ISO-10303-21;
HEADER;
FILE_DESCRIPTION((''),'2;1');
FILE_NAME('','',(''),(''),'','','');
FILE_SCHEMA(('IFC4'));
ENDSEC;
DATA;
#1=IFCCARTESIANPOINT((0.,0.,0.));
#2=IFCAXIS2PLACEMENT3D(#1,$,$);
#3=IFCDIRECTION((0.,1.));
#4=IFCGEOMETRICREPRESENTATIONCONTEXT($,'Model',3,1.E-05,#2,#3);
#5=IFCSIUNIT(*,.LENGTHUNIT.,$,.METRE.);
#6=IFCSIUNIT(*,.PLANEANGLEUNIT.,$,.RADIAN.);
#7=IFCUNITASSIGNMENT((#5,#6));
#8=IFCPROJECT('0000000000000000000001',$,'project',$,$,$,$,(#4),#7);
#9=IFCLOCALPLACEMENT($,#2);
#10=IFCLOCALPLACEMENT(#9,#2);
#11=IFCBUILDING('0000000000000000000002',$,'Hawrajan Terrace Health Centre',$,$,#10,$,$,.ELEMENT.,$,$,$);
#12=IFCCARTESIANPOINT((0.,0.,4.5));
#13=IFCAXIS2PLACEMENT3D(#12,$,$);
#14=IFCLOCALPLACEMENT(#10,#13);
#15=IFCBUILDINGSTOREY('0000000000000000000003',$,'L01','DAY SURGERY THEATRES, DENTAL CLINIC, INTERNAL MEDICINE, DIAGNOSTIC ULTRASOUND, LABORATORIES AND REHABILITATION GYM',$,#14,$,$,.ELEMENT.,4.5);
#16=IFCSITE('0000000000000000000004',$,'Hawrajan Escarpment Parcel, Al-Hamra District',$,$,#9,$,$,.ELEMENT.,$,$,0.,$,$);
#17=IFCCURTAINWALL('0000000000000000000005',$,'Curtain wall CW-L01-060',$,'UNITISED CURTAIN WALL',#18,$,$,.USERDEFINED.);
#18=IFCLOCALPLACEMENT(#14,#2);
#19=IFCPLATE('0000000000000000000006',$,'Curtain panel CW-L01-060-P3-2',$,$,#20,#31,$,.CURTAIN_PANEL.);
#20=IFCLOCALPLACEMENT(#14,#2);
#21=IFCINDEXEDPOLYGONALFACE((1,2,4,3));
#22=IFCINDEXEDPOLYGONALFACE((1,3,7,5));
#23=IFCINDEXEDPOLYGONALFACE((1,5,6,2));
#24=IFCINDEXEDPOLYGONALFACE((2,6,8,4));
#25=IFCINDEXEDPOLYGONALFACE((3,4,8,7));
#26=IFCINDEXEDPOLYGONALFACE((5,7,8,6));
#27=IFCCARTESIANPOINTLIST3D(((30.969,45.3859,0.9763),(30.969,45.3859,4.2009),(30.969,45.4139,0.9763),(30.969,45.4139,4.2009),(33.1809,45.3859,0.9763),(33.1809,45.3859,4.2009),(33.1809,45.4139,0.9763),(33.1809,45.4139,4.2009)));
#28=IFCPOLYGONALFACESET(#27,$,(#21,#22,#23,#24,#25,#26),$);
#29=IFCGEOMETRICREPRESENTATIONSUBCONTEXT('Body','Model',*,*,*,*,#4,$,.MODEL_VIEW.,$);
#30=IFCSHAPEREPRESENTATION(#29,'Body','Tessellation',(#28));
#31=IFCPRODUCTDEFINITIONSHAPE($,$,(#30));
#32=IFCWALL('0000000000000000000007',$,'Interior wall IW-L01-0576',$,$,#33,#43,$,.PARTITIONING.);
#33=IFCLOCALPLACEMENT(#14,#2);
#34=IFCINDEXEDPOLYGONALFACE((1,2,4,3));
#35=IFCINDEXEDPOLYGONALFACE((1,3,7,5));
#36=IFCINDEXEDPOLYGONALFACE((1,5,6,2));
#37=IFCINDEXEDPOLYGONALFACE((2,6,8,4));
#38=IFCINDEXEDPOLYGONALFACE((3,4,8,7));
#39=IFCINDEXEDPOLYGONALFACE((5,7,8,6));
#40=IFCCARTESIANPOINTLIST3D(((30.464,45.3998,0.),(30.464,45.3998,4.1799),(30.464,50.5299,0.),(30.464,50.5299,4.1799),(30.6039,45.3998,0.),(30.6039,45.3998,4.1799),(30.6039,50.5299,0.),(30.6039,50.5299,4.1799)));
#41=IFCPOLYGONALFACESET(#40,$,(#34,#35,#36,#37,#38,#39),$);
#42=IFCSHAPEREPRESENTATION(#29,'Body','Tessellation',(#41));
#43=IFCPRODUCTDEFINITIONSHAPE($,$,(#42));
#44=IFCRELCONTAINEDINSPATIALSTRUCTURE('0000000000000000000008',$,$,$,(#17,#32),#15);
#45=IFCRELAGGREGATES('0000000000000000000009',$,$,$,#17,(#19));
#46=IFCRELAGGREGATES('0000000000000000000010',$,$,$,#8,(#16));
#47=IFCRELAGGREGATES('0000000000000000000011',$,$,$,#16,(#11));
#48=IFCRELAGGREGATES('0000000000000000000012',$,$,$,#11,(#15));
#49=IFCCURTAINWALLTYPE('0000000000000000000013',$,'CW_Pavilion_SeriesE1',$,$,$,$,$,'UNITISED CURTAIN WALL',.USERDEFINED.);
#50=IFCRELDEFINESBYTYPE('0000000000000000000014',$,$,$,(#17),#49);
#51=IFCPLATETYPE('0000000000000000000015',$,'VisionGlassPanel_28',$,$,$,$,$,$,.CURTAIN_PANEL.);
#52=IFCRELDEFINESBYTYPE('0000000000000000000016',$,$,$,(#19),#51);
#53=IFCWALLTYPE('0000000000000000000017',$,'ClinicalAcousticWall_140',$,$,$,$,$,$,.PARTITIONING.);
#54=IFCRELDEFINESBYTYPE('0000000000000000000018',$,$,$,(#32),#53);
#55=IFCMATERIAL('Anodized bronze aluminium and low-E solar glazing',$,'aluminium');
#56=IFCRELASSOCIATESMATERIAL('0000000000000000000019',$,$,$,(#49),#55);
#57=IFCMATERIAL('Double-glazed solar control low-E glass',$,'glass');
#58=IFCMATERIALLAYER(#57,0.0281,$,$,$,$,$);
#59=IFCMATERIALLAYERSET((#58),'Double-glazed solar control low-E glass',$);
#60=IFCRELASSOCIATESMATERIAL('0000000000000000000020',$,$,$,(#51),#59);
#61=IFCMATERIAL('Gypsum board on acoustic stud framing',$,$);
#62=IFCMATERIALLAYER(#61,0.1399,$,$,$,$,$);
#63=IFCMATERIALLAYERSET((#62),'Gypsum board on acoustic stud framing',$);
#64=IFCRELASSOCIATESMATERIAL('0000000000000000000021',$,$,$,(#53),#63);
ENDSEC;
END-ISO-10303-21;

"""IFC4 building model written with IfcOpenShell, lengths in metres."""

from ifc_helpers import new_model, si_unit, direction, frame, frame_2d, origin, origin_2d, place, context, subcontext, project, spatial, rectangle, extrude, material, layer, layer_set, type_object, element, aggregate, save


model = new_model("IFC4")

# Units and contexts
model_context = context("Model", 3, precision=1e-05, world=origin(), true_north=direction((0.0, 1.0)))
body_context = subcontext(model_context, "Body", "Model", "MODEL_VIEW")
ifc_project = project(units=[si_unit("LENGTHUNIT", "METRE"), si_unit("PLANEANGLEUNIT", "RADIAN")], contexts=[model_context])

# Site, building, storey
site_placement = place(None, origin())
site = spatial("IfcSite", under=ifc_project, at=site_placement, Name="Hawrajan Escarpment Parcel, Al-Hamra District", CompositionType="ELEMENT", RefElevation=0.0)
building_placement = place(site_placement, origin())
building = spatial("IfcBuilding", under=site, at=building_placement, Name="Hawrajan Terrace Health Centre", CompositionType="ELEMENT")
storey_placement = place(building_placement, frame((0.0, 0.0, 4.5)))
storey = spatial("IfcBuildingStorey", under=building, at=storey_placement, Name="L01", Description="DAY SURGERY THEATRES, DENTAL CLINIC, INTERNAL MEDICINE, DIAGNOSTIC ULTRASOUND, LABORATORIES AND REHABILITATION GYM", CompositionType="ELEMENT", Elevation=4.5)

# Curtain wall
ifc_material_1 = material(Name="Anodized bronze aluminium and low-E solar glazing", Category="aluminium")
curtain_wall_type_1 = type_object("IfcCurtainWallType", Name="CW_Pavilion_SeriesE1", ElementType="UNITISED CURTAIN WALL", PredefinedType="USERDEFINED", material=ifc_material_1)
curtain_wall_1_placement = place(storey_placement, origin())
curtain_wall_1 = element("IfcCurtainWall", 1, at=curtain_wall_1_placement, inside=storey, type_object=curtain_wall_type_1, Name="Curtain wall CW-L01-060", ObjectType="UNITISED CURTAIN WALL", PredefinedType="USERDEFINED")

# Plate
ifc_material_2 = material(Name="Double-glazed solar control low-E glass", Category="glass")
ifc_layer_1 = layer(ifc_material_2, 0.0281)
ifc_layer_set_1 = layer_set([ifc_layer_1], Name="Double-glazed solar control low-E glass")
plate_type_1 = type_object("IfcPlateType", Name="VisionGlassPanel_28", PredefinedType="CURTAIN_PANEL", material=ifc_layer_set_1)
plate_1_placement = place(storey_placement, frame((32.075, 45.3999, 0.9763), z_axis=(0.0, 0.0, 1.0), x_axis=(1.0, 0.0, 0.0)))
plate_1 = element("IfcPlate", 2, at=plate_1_placement, type_object=plate_type_1, Name="Curtain panel CW-L01-060-P3-2", PredefinedType="CURTAIN_PANEL", context=body_context, shape_type="SweptSolid", body=[
    extrude(rectangle(XDim=2.2119, YDim=0.0281, at=origin_2d()), origin(), (0.0, 0.0, 1.0), 3.2246),
])
aggregate(curtain_wall_1, [plate_1])

# Wall
ifc_material_3 = material(Name="Gypsum board on acoustic stud framing")
ifc_layer_2 = layer(ifc_material_3, 0.1399)
ifc_layer_set_2 = layer_set([ifc_layer_2], Name="Gypsum board on acoustic stud framing")
wall_type = type_object("IfcWallType", Name="ClinicalAcousticWall_140", PredefinedType="PARTITIONING", material=ifc_layer_set_2)
wall_placement = place(storey_placement, frame((30.5339, 45.3999, 0.0), z_axis=(0.0, 0.0, 1.0), x_axis=(0.0, 1.0, 0.0)))
element("IfcWall", 3, at=wall_placement, inside=storey, type_object=wall_type, Name="Interior wall IW-L01-0576", PredefinedType="PARTITIONING", context=body_context, shape_type="SweptSolid", body=[
    extrude(rectangle(XDim=5.1301, YDim=0.1399, at=frame_2d((2.5649, 0.0))), origin(), (0.0, 0.0, 1.0), 4.1799),
])

save(model, "model.ifc")
